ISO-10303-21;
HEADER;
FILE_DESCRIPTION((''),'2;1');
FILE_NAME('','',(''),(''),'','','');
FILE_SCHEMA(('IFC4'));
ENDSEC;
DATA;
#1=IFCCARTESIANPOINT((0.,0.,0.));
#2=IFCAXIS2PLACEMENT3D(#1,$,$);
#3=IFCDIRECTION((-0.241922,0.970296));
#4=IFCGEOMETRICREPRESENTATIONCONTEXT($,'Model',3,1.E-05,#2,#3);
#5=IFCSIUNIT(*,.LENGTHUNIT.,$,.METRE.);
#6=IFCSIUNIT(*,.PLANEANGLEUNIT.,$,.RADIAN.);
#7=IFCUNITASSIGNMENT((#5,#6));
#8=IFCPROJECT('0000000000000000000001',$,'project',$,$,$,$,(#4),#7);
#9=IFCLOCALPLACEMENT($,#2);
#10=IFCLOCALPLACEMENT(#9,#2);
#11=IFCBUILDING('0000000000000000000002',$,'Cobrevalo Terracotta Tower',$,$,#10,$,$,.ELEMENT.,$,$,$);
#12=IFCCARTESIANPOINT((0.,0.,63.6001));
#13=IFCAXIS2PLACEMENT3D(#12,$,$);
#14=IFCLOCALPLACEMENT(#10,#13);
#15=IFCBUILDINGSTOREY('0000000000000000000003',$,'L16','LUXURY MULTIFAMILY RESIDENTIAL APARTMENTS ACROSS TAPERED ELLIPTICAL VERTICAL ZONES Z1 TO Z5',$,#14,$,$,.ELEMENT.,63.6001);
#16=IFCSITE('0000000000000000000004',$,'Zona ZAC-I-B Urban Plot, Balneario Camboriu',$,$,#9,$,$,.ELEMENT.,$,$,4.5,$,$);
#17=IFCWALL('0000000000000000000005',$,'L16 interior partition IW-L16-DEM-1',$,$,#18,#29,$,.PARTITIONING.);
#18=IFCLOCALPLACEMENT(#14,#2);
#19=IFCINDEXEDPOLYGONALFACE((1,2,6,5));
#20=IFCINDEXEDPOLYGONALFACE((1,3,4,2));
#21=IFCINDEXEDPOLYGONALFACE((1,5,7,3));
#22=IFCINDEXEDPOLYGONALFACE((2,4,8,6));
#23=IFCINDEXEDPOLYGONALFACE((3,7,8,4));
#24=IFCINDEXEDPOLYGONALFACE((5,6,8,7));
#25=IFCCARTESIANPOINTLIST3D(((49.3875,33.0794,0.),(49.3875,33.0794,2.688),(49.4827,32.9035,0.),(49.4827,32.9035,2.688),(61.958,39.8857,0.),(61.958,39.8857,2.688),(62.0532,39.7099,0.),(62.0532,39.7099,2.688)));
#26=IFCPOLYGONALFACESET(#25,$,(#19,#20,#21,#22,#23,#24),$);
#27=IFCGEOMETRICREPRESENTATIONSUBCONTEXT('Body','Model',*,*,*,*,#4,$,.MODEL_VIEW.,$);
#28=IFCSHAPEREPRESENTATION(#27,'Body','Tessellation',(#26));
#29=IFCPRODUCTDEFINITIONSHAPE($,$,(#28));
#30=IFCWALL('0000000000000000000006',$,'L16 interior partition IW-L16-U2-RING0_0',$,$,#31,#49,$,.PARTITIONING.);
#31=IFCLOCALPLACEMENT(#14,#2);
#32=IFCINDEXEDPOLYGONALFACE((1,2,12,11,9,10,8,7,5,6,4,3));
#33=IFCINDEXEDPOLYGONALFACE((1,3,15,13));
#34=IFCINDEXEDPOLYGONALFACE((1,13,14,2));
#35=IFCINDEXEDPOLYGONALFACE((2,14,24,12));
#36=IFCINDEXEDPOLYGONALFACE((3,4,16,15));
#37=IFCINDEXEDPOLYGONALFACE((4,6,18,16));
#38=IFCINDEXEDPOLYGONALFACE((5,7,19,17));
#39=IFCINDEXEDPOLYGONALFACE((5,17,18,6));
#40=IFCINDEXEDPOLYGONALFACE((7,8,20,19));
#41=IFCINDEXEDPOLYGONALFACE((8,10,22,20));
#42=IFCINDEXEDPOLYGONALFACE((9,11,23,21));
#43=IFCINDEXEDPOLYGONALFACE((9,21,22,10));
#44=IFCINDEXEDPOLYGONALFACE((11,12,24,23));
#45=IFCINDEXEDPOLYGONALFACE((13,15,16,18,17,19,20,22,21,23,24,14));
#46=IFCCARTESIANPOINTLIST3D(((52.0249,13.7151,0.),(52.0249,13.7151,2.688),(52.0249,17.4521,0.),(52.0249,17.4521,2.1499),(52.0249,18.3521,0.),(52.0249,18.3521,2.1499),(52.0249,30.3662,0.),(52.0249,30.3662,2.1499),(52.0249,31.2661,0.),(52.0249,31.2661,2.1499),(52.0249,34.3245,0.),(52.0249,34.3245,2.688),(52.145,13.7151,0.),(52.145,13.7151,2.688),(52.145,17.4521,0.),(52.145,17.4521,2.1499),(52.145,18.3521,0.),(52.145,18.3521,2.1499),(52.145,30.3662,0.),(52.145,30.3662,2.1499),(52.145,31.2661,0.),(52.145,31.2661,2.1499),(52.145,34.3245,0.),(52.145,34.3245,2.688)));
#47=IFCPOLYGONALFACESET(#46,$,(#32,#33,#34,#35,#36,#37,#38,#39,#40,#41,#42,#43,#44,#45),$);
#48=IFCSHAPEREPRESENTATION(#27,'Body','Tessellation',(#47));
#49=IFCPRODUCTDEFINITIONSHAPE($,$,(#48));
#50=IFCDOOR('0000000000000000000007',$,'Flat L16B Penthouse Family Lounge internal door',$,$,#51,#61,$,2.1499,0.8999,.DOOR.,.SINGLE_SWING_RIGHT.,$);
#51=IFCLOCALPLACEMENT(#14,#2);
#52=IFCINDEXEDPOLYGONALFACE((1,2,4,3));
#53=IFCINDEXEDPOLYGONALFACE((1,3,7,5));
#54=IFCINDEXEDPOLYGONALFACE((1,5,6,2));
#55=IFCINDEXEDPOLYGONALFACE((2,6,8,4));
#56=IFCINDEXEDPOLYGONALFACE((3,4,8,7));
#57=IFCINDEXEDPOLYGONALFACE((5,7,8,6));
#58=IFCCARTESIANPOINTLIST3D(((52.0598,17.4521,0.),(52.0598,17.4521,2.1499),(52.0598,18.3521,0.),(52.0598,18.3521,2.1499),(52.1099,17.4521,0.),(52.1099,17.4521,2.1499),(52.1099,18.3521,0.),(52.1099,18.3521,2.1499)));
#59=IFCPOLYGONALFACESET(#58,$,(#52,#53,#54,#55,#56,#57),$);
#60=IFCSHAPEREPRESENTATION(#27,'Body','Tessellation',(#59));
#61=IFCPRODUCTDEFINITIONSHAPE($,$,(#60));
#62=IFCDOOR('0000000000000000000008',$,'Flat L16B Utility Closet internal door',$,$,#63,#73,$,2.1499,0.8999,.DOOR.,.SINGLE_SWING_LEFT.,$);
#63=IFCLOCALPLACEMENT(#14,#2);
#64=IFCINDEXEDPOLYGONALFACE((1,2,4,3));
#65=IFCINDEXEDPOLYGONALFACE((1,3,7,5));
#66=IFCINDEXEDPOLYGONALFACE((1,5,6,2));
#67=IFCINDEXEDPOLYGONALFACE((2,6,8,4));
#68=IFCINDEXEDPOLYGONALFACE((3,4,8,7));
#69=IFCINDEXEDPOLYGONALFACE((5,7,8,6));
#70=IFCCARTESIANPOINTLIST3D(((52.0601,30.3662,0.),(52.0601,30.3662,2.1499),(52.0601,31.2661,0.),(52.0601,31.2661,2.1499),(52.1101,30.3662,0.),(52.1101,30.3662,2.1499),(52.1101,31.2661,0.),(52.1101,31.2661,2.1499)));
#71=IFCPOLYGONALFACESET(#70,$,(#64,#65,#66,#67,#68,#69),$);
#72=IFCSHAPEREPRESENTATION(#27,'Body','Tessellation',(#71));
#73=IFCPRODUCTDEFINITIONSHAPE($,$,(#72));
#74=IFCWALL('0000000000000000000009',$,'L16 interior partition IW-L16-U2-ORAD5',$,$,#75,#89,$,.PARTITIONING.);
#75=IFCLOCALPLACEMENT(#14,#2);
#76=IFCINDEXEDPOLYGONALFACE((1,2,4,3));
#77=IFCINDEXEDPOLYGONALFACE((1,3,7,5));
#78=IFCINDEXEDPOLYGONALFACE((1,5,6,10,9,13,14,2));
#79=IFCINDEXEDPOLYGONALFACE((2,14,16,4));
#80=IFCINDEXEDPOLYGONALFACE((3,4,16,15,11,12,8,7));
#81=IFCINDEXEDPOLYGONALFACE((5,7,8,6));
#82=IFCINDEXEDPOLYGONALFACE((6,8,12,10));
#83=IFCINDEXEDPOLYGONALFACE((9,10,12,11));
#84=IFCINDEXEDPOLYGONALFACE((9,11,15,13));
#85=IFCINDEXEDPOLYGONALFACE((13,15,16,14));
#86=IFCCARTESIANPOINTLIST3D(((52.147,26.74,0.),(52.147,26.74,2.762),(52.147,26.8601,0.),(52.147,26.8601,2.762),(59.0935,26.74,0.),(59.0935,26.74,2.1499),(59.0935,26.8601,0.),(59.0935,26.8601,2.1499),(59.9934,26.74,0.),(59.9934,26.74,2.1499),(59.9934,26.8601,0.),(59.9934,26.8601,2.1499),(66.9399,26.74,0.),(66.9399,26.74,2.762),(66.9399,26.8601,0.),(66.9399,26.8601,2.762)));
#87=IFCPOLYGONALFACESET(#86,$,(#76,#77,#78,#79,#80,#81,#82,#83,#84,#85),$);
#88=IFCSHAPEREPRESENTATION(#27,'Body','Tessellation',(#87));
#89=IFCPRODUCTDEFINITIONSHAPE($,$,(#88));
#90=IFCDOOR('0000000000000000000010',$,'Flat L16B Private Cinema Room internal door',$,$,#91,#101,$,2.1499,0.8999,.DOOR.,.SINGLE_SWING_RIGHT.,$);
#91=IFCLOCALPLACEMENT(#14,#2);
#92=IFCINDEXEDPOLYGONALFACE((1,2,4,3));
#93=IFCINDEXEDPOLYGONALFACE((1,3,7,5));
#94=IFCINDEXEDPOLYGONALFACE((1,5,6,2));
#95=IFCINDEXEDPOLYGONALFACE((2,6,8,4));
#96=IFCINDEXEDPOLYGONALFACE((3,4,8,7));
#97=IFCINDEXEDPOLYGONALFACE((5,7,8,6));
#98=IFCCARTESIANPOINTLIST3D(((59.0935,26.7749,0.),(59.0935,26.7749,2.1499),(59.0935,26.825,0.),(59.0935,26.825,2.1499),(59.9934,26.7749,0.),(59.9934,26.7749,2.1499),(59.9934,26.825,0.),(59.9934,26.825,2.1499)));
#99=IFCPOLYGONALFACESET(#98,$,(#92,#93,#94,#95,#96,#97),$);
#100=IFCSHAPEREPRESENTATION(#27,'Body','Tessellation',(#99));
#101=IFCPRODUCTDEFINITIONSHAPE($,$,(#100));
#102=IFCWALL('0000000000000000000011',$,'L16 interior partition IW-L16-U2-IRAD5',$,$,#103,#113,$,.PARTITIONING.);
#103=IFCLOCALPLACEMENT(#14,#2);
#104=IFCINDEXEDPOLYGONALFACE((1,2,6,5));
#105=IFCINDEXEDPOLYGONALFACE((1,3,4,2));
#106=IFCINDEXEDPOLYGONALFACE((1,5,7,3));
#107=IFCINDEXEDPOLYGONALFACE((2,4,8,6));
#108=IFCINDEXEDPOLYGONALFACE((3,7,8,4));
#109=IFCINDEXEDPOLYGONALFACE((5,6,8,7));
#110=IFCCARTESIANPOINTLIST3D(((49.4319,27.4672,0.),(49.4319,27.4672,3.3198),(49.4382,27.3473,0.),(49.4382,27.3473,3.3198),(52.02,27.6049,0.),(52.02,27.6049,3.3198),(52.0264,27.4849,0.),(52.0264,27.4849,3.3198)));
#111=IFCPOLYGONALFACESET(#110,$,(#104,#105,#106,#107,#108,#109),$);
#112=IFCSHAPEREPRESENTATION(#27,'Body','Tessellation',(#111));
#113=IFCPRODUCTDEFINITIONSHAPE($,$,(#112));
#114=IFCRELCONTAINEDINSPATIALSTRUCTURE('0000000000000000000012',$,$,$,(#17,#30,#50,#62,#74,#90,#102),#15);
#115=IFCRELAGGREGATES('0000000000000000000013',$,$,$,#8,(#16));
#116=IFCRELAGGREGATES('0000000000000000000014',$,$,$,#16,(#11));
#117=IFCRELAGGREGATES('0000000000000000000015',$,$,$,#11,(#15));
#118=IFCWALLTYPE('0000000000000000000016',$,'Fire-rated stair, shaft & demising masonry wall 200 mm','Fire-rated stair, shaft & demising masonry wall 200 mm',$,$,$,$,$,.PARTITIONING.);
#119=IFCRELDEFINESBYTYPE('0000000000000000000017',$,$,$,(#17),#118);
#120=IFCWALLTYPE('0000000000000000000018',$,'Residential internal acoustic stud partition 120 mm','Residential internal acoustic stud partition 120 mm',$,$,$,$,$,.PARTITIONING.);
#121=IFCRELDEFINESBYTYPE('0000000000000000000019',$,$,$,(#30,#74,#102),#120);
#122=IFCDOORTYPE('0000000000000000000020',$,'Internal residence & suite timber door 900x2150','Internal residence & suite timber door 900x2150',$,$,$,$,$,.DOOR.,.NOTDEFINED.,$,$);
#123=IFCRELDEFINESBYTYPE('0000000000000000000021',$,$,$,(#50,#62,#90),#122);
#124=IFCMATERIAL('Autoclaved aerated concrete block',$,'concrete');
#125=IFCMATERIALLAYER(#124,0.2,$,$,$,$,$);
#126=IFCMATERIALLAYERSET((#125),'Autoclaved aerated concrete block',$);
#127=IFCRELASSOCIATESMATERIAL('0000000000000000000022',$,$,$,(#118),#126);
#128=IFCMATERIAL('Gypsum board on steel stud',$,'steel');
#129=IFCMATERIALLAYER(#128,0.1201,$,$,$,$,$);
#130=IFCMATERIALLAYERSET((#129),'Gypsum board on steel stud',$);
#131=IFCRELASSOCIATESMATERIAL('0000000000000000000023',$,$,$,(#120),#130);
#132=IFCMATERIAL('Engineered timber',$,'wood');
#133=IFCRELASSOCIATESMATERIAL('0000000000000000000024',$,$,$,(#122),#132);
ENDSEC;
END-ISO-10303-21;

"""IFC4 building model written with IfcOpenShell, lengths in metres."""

from ifc_helpers import new_model, si_unit, direction, frame, frame_2d, origin, place, context, subcontext, project, spatial, rectangle, extrude, source, transform, mapped, material, layer, layer_set, type_object, element, fill, save


model = new_model("IFC4")

# Units and contexts
model_context = context("Model", 3, precision=1e-05, world=origin(), true_north=direction((-0.241922, 0.970296)))
body_context = subcontext(model_context, "Body", "Model", "MODEL_VIEW")
ifc_project = project(units=[si_unit("LENGTHUNIT", "METRE"), si_unit("PLANEANGLEUNIT", "RADIAN")], contexts=[model_context])

# Site, building, storey
site_placement = place(None, origin())
site = spatial("IfcSite", under=ifc_project, at=site_placement, Name="Zona ZAC-I-B Urban Plot, Balneario Camboriu", CompositionType="ELEMENT", RefElevation=4.5)
building_placement = place(site_placement, origin())
building = spatial("IfcBuilding", under=site, at=building_placement, Name="Cobrevalo Terracotta Tower", CompositionType="ELEMENT")
storey_placement = place(building_placement, frame((0.0, 0.0, 63.6001)))
storey = spatial("IfcBuildingStorey", under=building, at=storey_placement, Name="L16", Description="LUXURY MULTIFAMILY RESIDENTIAL APARTMENTS ACROSS TAPERED ELLIPTICAL VERTICAL ZONES Z1 TO Z5", CompositionType="ELEMENT", Elevation=63.6001)

# Wall
ifc_material_1 = material(Name="Autoclaved aerated concrete block", Category="concrete")
ifc_layer_1 = layer(ifc_material_1, 0.2)
ifc_layer_set_1 = layer_set([ifc_layer_1], Name="Autoclaved aerated concrete block")
wall_type_1 = type_object("IfcWallType", Name="Fire-rated stair, shaft & demising masonry wall 200 mm", Description="Fire-rated stair, shaft & demising masonry wall 200 mm", PredefinedType="PARTITIONING", material=ifc_layer_set_1)
wall_1_placement = place(storey_placement, frame((49.4351, 32.9915, 0.0), z_axis=(0.0, 0.0, 1.0), x_axis=(0.87937, 0.47614, 0.0)))
element("IfcWall", 1, at=wall_1_placement, inside=storey, type_object=wall_type_1, Name="L16 interior partition IW-L16-DEM-1", PredefinedType="PARTITIONING", context=body_context, shape_type="SweptSolid", body=[
    extrude(rectangle(XDim=14.2949, YDim=0.2, at=frame_2d((7.1475, 0.0))), origin(), (0.0, 0.0, 1.0), 2.688),
])

# Wall, openings, doors
ifc_material_2 = material(Name="Gypsum board on steel stud", Category="steel")
ifc_layer_2 = layer(ifc_material_2, 0.1201)
ifc_layer_set_2 = layer_set([ifc_layer_2], Name="Gypsum board on steel stud")
wall_type_2 = type_object("IfcWallType", Name="Residential internal acoustic stud partition 120 mm", Description="Residential internal acoustic stud partition 120 mm", PredefinedType="PARTITIONING", material=ifc_layer_set_2)
wall_2_placement = place(storey_placement, frame((52.085, 34.3245, 0.0), z_axis=(0.0, 0.0, 1.0), x_axis=(0.0, -1.0, 0.0)))
wall_2 = element("IfcWall", 2, at=wall_2_placement, inside=storey, type_object=wall_type_2, Name="L16 interior partition IW-L16-U2-RING0_0", PredefinedType="PARTITIONING", context=body_context, shape_type="SweptSolid", body=[
    extrude(rectangle(XDim=20.6094, YDim=0.1201, at=frame_2d((10.3047, 0.0))), origin(), (0.0, 0.0, 1.0), 2.688),
])
opening_1_placement = place(wall_2_placement, frame((15.9724, 0.0, 0.0)))
opening_1 = element("IfcOpeningElement", 3, at=opening_1_placement, cuts=wall_2, PredefinedType="OPENING", context=body_context, shape_type="SweptSolid", body=[
    extrude(rectangle(XDim=0.8999, YDim=2.1499, at=frame_2d((0.45, 1.075))), frame((0.0, 0.0701, 0.0), z_axis=(0.0, -1.0, 0.0), x_axis=(1.0, 0.0, 0.0)), (0.0, 0.0, 1.0), 0.1401),
])
opening_2_placement = place(wall_2_placement, frame((3.0583, 0.0, 0.0)))
opening_2 = element("IfcOpeningElement", 4, at=opening_2_placement, cuts=wall_2, PredefinedType="OPENING", context=body_context, shape_type="SweptSolid", body=[
    extrude(rectangle(XDim=0.8999, YDim=2.1499, at=frame_2d((0.45, 1.075))), frame((0.0, 0.0701, 0.0), z_axis=(0.0, -1.0, 0.0), x_axis=(1.0, 0.0, 0.0)), (0.0, 0.0, 1.0), 0.1401),
])
ifc_material_3 = material(Name="Engineered timber", Category="wood")
door_type = type_object("IfcDoorType", Name="Internal residence & suite timber door 900x2150", Description="Internal residence & suite timber door 900x2150", OperationType="NOTDEFINED", PredefinedType="DOOR", material=ifc_material_3)
shared_shape_1 = source(origin(), body_context, "Body", "SweptSolid", [
    extrude(rectangle(XDim=0.8999, YDim=2.1499, at=frame_2d((0.45, 1.075))), frame((0.0, 0.0249, 0.0), z_axis=(0.0, -1.0, 0.0), x_axis=(1.0, 0.0, 0.0)), (0.0, 0.0, 1.0), 0.05),
])
door_1_placement = place(opening_1_placement, origin())
door_1 = element("IfcDoor", 5, at=door_1_placement, inside=storey, type_object=door_type, Name="Flat L16B Penthouse Family Lounge internal door", OperationType="SINGLE_SWING_RIGHT", OverallHeight=2.1499, OverallWidth=0.8999, PredefinedType="DOOR", context=body_context, shape_type="MappedRepresentation", body=[
    mapped(shared_shape_1, transform((0.0, 0.0, 0.0), scale=1.0)),
])
fill(opening_1, door_1)
door_2_placement = place(opening_2_placement, frame((0.8999, 0.0, 0.0), z_axis=(0.0, 0.0, 1.0), x_axis=(-1.0, 0.0, 0.0)))
door_2 = element("IfcDoor", 6, at=door_2_placement, inside=storey, type_object=door_type, Name="Flat L16B Utility Closet internal door", OperationType="SINGLE_SWING_LEFT", OverallHeight=2.1499, OverallWidth=0.8999, PredefinedType="DOOR", context=body_context, shape_type="MappedRepresentation", body=[
    mapped(shared_shape_1, transform((0.0, 0.0, 0.0), scale=1.0)),
])
fill(opening_2, door_2)

# Wall, opening, door
wall_3_placement = place(storey_placement, frame((52.147, 26.8, 0.0), z_axis=(0.0, 0.0, 1.0), x_axis=(1.0, 0.0, 0.0)))
wall_3 = element("IfcWall", 7, at=wall_3_placement, inside=storey, type_object=wall_type_2, Name="L16 interior partition IW-L16-U2-ORAD5", PredefinedType="PARTITIONING", context=body_context, shape_type="SweptSolid", body=[
    extrude(rectangle(XDim=14.793, YDim=0.1201, at=frame_2d((7.3965, 0.0))), origin(), (0.0, 0.0, 1.0), 2.762),
])
opening_3_placement = place(wall_3_placement, frame((6.9465, 0.0, 0.0)))
opening_3 = element("IfcOpeningElement", 8, at=opening_3_placement, cuts=wall_3, PredefinedType="OPENING", context=body_context, shape_type="SweptSolid", body=[
    extrude(rectangle(XDim=0.8999, YDim=2.1499, at=frame_2d((0.45, 1.075))), frame((0.0, 0.0701, 0.0), z_axis=(0.0, -1.0, 0.0), x_axis=(1.0, 0.0, 0.0)), (0.0, 0.0, 1.0), 0.1401),
])
door_3_placement = place(opening_3_placement, origin())
door_3 = element("IfcDoor", 9, at=door_3_placement, inside=storey, type_object=door_type, Name="Flat L16B Private Cinema Room internal door", OperationType="SINGLE_SWING_RIGHT", OverallHeight=2.1499, OverallWidth=0.8999, PredefinedType="DOOR", context=body_context, shape_type="MappedRepresentation", body=[
    mapped(shared_shape_1, transform((0.0, 0.0, 0.0), scale=1.0)),
])
fill(opening_3, door_3)

# Wall
wall_4_placement = place(storey_placement, frame((49.4351, 27.4072, 0.0), z_axis=(0.0, 0.0, 1.0), x_axis=(0.998588, 0.053127, 0.0)))
element("IfcWall", 10, at=wall_4_placement, inside=storey, type_object=wall_type_2, Name="L16 interior partition IW-L16-U2-IRAD5", PredefinedType="PARTITIONING", context=body_context, shape_type="SweptSolid", body=[
    extrude(rectangle(XDim=2.5918, YDim=0.1201, at=frame_2d((1.2959, 0.0))), origin(), (0.0, 0.0, 1.0), 3.3198),
])

save(model, "model.ifc")
